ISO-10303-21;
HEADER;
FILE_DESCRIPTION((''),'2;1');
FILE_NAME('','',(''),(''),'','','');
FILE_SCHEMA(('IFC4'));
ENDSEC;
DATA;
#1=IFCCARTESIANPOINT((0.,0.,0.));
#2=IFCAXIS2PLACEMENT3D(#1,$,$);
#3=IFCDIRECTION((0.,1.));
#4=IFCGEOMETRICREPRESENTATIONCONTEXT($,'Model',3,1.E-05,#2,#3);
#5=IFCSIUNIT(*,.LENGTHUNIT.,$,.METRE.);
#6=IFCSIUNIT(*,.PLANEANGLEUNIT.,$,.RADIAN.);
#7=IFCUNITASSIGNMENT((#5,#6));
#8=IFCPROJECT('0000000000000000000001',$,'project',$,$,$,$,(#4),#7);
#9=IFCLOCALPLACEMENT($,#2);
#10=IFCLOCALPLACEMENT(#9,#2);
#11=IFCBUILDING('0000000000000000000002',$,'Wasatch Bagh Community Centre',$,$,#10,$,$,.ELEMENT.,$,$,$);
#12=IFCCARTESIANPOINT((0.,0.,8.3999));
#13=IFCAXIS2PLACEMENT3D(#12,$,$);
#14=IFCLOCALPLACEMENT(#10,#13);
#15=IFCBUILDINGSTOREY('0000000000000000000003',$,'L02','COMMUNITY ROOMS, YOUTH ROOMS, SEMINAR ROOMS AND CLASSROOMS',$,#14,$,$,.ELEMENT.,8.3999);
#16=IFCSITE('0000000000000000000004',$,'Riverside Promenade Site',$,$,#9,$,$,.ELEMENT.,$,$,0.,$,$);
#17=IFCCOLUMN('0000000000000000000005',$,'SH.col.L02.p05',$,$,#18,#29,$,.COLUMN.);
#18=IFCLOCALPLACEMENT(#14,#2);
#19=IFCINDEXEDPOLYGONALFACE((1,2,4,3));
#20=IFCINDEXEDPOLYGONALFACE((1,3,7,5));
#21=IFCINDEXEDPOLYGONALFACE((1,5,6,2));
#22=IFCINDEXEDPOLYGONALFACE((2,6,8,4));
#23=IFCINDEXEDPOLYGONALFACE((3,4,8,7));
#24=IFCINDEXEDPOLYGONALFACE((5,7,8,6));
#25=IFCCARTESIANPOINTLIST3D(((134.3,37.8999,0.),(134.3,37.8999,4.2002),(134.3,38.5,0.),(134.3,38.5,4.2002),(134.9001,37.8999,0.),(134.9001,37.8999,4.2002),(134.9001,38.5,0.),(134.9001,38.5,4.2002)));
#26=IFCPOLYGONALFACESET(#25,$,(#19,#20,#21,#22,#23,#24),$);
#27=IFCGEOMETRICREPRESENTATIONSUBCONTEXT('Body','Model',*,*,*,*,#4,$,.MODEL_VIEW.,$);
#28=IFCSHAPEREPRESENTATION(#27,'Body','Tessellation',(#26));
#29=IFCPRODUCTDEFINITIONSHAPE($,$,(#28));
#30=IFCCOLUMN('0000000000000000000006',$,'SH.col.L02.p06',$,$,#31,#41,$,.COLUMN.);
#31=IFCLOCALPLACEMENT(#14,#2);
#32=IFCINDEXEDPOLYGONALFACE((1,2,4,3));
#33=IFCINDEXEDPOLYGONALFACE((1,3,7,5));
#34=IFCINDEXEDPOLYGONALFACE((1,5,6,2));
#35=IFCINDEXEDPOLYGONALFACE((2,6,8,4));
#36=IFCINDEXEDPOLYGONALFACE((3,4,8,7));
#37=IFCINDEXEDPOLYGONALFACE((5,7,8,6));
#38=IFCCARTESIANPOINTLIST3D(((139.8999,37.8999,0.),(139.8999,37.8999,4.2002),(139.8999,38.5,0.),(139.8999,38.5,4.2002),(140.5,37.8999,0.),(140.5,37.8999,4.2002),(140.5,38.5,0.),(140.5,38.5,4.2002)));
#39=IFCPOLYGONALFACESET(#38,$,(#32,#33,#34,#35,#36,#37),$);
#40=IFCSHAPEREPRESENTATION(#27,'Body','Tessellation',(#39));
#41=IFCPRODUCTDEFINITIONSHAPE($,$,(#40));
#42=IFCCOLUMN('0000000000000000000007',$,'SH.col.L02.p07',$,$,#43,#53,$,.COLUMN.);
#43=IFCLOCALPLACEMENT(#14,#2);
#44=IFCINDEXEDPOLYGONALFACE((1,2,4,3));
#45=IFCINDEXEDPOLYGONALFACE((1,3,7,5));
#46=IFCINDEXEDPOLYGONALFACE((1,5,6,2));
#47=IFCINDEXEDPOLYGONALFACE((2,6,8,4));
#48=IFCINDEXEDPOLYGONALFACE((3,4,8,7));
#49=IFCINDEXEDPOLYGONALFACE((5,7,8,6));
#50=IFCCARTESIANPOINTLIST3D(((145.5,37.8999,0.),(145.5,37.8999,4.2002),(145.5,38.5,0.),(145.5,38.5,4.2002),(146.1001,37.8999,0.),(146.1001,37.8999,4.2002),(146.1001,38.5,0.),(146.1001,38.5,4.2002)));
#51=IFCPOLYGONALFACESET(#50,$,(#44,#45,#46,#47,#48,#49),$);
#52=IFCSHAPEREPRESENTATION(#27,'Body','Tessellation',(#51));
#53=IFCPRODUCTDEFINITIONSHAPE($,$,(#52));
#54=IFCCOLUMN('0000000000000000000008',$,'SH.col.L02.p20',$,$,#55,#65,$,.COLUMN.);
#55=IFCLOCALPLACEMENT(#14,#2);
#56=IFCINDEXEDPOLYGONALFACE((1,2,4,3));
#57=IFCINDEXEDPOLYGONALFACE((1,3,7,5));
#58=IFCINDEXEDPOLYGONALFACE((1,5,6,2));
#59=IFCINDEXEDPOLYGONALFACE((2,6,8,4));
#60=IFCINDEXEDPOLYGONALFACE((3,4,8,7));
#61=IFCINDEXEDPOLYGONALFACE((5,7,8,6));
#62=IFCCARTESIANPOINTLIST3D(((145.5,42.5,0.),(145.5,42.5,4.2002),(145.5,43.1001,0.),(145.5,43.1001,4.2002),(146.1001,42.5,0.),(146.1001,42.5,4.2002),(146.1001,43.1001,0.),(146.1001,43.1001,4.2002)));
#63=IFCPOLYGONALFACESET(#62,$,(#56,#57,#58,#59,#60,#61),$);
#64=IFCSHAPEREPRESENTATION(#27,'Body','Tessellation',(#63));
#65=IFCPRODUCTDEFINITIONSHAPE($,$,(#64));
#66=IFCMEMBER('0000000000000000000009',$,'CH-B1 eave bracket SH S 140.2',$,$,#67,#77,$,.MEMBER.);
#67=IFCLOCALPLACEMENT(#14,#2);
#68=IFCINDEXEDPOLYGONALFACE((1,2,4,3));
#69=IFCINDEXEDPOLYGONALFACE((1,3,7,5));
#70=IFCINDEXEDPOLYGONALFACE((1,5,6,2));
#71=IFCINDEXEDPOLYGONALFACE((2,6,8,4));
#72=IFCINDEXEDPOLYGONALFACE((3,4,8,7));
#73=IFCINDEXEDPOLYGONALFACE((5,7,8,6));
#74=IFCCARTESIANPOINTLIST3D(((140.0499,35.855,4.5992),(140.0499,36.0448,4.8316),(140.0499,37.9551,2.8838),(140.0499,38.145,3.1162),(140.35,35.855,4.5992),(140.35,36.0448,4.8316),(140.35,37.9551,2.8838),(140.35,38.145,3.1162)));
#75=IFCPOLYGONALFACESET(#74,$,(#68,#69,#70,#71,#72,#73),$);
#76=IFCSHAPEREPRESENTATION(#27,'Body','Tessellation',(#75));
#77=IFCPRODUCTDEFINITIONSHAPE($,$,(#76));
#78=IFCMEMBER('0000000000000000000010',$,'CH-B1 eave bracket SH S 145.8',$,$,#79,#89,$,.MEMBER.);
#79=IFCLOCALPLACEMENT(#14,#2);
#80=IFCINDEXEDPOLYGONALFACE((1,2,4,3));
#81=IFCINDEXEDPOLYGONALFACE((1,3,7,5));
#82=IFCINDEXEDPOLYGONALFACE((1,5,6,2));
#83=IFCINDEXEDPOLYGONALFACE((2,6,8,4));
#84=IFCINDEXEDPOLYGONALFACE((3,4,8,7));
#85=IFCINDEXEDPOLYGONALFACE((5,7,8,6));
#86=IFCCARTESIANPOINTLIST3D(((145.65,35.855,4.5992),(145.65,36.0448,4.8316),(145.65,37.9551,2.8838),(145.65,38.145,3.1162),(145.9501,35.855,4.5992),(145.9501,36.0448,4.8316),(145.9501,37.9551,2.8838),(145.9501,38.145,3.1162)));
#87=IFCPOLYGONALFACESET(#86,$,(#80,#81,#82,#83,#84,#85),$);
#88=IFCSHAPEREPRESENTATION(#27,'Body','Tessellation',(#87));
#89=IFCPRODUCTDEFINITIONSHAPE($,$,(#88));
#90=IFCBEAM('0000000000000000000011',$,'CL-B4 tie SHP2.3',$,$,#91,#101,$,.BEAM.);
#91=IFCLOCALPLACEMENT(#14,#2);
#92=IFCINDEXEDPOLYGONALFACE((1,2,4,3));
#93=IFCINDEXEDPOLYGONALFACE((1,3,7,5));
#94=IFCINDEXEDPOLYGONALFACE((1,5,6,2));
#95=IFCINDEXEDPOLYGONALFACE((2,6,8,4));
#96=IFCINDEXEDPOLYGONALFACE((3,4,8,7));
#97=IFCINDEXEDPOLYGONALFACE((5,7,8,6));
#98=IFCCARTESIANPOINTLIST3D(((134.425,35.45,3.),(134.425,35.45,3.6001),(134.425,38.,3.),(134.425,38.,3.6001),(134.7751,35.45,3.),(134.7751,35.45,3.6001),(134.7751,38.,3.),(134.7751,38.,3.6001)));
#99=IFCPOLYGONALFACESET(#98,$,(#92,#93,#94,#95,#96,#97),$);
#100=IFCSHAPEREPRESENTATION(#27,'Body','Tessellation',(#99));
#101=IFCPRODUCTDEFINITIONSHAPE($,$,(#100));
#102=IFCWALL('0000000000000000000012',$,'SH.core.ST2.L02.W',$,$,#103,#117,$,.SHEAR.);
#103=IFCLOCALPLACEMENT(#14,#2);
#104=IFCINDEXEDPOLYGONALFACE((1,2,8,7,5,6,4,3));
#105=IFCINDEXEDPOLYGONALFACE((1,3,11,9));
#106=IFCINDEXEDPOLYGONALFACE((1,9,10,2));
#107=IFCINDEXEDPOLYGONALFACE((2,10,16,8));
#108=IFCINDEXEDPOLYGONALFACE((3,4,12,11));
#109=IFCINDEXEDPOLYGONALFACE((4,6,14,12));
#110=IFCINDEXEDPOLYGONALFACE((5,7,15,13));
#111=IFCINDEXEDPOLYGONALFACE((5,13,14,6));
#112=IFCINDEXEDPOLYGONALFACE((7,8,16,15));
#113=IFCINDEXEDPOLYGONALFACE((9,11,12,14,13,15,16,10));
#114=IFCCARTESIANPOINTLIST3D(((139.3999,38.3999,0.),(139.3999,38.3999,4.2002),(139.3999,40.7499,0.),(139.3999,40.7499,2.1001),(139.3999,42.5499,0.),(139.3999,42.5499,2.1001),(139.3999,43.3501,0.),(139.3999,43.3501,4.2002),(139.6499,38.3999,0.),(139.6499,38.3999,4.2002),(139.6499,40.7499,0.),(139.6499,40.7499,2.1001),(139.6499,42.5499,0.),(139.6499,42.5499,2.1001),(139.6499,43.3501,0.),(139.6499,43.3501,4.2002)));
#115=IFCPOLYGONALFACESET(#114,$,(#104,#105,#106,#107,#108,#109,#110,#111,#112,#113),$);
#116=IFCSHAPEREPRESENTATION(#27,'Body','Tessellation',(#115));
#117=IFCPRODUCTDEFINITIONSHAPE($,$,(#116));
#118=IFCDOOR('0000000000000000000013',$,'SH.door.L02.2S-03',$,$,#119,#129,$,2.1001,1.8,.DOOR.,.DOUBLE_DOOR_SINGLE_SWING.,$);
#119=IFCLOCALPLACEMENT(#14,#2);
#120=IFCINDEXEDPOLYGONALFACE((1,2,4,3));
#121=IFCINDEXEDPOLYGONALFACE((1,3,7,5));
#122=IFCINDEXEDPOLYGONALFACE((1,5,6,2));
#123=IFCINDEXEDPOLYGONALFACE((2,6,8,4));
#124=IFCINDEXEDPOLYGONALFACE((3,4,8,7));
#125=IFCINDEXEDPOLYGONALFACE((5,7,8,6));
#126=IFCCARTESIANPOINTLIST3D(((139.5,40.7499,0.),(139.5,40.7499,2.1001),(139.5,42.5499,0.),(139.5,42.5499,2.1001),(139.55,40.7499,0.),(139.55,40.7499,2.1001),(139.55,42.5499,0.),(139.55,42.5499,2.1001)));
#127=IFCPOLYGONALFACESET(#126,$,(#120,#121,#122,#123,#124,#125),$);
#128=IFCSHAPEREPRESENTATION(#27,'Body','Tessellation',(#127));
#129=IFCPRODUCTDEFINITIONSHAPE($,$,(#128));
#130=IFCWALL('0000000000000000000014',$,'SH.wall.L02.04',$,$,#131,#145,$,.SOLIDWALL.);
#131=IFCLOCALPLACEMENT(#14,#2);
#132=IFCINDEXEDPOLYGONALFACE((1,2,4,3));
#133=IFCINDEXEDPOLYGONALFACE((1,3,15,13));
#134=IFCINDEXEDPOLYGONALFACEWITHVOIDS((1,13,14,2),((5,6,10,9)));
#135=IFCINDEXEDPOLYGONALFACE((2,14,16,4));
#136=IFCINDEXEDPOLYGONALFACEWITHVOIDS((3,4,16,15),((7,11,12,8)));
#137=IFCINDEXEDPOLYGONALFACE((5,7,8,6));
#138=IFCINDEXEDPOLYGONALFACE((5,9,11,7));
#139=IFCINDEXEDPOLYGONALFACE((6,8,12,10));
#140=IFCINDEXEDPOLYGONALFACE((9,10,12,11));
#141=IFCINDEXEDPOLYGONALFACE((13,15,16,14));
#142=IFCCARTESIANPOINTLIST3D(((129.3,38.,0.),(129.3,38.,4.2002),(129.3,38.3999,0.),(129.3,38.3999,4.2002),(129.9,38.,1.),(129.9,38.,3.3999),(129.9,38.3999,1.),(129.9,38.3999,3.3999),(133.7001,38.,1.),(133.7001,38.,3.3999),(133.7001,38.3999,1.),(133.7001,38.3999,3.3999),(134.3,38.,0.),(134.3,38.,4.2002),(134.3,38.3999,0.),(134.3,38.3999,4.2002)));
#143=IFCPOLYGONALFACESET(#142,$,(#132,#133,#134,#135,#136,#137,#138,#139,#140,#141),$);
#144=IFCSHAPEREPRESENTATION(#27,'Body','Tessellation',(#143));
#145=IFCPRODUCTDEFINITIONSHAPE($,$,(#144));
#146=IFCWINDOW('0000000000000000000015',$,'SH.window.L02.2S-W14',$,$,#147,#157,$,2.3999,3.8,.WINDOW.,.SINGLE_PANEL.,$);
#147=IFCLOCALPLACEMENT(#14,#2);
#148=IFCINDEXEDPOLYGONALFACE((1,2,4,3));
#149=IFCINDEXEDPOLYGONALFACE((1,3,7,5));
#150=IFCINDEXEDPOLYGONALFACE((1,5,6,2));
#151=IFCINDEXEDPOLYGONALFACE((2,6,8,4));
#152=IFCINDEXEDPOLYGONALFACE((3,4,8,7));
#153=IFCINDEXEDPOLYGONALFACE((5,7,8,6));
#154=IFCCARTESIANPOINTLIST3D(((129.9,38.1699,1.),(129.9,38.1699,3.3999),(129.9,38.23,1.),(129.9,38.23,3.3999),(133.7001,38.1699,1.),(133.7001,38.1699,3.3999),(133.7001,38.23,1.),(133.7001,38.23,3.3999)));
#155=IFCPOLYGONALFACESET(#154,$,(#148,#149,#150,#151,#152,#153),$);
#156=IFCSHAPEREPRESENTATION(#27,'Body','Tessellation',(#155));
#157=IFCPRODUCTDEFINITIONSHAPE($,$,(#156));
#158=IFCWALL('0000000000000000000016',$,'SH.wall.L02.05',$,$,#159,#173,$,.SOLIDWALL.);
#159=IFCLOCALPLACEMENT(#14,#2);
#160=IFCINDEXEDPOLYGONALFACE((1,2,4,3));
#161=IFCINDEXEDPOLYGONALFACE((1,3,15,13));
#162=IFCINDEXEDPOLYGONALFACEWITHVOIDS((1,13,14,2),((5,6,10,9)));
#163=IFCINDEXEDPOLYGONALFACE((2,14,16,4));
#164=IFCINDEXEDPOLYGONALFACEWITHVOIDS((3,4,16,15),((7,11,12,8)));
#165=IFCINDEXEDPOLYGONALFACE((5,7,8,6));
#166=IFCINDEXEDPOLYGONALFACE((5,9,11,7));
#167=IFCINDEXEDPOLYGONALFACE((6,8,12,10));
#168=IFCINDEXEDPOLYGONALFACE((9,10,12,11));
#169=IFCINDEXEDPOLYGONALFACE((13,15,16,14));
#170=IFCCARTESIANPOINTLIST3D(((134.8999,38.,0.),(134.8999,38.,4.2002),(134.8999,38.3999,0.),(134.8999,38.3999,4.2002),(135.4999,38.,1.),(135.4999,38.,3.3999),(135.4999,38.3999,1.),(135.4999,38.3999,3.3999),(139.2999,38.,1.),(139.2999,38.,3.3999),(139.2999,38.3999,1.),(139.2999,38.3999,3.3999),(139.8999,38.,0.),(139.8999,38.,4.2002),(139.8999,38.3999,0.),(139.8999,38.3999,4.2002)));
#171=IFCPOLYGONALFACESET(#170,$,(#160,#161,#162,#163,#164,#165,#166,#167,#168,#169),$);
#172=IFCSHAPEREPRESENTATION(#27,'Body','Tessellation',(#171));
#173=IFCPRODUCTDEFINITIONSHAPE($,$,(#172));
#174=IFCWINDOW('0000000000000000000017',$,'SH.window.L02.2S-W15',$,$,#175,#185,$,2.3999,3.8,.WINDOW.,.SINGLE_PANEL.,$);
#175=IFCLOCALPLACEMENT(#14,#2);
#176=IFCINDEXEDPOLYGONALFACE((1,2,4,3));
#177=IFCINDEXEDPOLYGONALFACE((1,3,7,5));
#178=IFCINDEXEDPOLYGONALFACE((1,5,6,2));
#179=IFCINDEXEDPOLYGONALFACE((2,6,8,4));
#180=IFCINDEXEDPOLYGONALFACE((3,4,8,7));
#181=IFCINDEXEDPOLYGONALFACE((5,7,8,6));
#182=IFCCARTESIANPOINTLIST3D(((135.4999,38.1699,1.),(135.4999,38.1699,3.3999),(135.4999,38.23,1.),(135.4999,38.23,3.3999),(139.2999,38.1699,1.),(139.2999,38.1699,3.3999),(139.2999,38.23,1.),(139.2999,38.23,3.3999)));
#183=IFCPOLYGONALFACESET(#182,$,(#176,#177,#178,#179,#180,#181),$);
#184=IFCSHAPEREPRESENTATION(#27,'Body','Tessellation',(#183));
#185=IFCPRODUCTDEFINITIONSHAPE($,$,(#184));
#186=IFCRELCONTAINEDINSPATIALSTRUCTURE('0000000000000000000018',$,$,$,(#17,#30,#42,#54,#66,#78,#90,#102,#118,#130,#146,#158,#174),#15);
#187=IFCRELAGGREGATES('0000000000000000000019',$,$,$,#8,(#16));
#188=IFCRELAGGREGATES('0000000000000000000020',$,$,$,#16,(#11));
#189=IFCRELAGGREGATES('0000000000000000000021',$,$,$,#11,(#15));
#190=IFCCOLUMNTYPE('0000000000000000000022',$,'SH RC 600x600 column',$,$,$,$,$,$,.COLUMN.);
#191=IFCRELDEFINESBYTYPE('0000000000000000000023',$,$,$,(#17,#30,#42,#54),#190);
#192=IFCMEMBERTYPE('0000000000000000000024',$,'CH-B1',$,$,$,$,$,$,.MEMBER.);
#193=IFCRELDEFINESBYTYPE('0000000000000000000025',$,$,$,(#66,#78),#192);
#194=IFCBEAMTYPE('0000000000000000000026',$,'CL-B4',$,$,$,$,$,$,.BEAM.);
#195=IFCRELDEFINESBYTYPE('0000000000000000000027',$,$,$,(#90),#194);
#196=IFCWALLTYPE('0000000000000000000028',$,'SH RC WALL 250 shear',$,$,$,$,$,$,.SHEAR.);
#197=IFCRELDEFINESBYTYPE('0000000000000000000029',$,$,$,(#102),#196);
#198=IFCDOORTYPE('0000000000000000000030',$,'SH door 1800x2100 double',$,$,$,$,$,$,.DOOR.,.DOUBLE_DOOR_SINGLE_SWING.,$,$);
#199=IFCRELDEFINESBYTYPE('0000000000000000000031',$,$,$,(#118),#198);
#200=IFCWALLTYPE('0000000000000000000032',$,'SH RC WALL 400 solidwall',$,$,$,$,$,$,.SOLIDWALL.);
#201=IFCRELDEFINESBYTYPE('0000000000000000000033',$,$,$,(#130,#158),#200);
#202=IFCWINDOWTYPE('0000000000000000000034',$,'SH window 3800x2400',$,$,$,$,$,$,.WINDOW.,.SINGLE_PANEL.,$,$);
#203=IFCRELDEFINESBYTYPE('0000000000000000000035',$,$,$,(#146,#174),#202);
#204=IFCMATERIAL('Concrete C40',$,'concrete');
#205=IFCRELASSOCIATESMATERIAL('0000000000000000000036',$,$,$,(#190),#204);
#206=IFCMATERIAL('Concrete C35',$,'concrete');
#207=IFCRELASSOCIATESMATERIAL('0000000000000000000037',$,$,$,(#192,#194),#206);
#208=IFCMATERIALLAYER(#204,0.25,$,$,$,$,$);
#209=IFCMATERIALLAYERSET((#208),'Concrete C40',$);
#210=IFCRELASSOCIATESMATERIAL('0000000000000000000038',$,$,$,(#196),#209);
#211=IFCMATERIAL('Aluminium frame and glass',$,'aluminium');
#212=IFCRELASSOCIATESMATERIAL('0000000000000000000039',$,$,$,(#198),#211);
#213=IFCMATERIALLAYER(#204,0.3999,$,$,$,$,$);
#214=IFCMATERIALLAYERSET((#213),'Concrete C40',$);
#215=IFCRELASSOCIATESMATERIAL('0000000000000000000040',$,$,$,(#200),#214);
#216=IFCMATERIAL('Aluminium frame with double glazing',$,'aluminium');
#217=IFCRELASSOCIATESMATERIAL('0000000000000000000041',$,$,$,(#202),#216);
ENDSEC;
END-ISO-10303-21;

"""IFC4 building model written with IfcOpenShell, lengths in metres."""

from ifc_helpers import new_model, si_unit, direction, frame, frame_2d, origin, origin_2d, place, context, subcontext, project, spatial, rectangle, extrude, material, layer, layer_set, material_profile, profile_set, type_object, element, fill, save


model = new_model("IFC4")

# Units and contexts
model_context = context("Model", 3, precision=1e-05, world=origin(), true_north=direction((0.0, 1.0)))
body_context = subcontext(model_context, "Body", "Model", "MODEL_VIEW")
ifc_project = project(units=[si_unit("LENGTHUNIT", "METRE"), si_unit("PLANEANGLEUNIT", "RADIAN")], contexts=[model_context])

# Site, building, storey
site_placement = place(None, origin())
site = spatial("IfcSite", under=ifc_project, at=site_placement, Name="Riverside Promenade Site", CompositionType="ELEMENT", RefElevation=0.0)
building_placement = place(site_placement, origin())
building = spatial("IfcBuilding", under=site, at=building_placement, Name="Wasatch Bagh Community Centre", CompositionType="ELEMENT")
storey_placement = place(building_placement, frame((0.0, 0.0, 8.3999)))
storey = spatial("IfcBuildingStorey", under=building, at=storey_placement, Name="L02", Description="COMMUNITY ROOMS, YOUTH ROOMS, SEMINAR ROOMS AND CLASSROOMS", CompositionType="ELEMENT", Elevation=8.3999)

# Columns
ifc_material_1 = material(Name="Concrete C40", Category="concrete")
ifc_material_profile_1 = material_profile(ifc_material_1, rectangle(XDim=0.6001, YDim=0.6001, at=origin_2d()), Name="RC 600x600")
ifc_profile_set_1 = profile_set([ifc_material_profile_1], Name="Concrete C40")
column_type = type_object("IfcColumnType", Name="SH RC 600x600 column", PredefinedType="COLUMN", material=ifc_profile_set_1)
for number, where, z_axis, x_axis, name in (
    (1, (134.6001, 38.2, 0.0), (0.0, 0.0, 1.0), (1.0, 0.0, 0.0), "SH.col.L02.p05"),
    (2, (140.2, 38.2, 0.0), (0.0, 0.0, 1.0), (1.0, 0.0, 0.0), "SH.col.L02.p06"),
    (3, (145.8, 38.2, 0.0), (0.0, 0.0, 1.0), (1.0, 0.0, 0.0), "SH.col.L02.p07"),
    (4, (145.8, 42.8, 0.0), (0.0, 0.0, 1.0), (1.0, 0.0, 0.0), "SH.col.L02.p20"),
):
    element("IfcColumn", number, at=place(storey_placement, frame(where, z_axis=z_axis, x_axis=x_axis)), inside=storey, type_object=column_type, Name=name, PredefinedType="COLUMN", context=body_context, shape_type="SweptSolid", body=[
        extrude(rectangle(XDim=0.6001, YDim=0.6001, at=origin_2d()), origin(), (0.0, 0.0, 1.0), 4.2002),
    ])

# Members
ifc_material_2 = material(Name="Concrete C35", Category="concrete")
ifc_material_profile_2 = material_profile(ifc_material_2, rectangle(XDim=0.3, YDim=0.3, at=origin_2d()), Name="RC 300x300")
ifc_profile_set_2 = profile_set([ifc_material_profile_2], Name="Concrete C35")
member_type = type_object("IfcMemberType", Name="CH-B1", PredefinedType="MEMBER", material=ifc_profile_set_2)
for number, where, z_axis, x_axis, name in (
    (5, (140.2, 38.05, 3.0), (0.0, -0.774487, 0.63259), (1.0, 0.0, 0.0), "CH-B1 eave bracket SH S 140.2"),
    (6, (145.8, 38.05, 3.0), (0.0, -0.774487, 0.63259), (1.0, 0.0, 0.0), "CH-B1 eave bracket SH S 145.8"),
):
    element("IfcMember", number, at=place(storey_placement, frame(where, z_axis=z_axis, x_axis=x_axis)), inside=storey, type_object=member_type, Name=name, PredefinedType="MEMBER", context=body_context, shape_type="SweptSolid", body=[
        extrude(rectangle(XDim=0.3, YDim=0.3, at=origin_2d()), origin(), (0.0, 0.0, 1.0), 2.7117),
    ])

# Beam
ifc_material_profile_3 = material_profile(ifc_material_2, rectangle(XDim=0.3501, YDim=0.6001, at=origin_2d()), Name="RC 350x600")
ifc_profile_set_3 = profile_set([ifc_material_profile_3], Name="Concrete C35")
beam_type = type_object("IfcBeamType", Name="CL-B4", PredefinedType="BEAM", material=ifc_profile_set_3)
beam_placement = place(storey_placement, frame((134.6001, 38.0, 3.3), z_axis=(0.0, -1.0, 0.0), x_axis=(1.0, 0.0, 0.0)))
element("IfcBeam", 7, at=beam_placement, inside=storey, type_object=beam_type, Name="CL-B4 tie SHP2.3", PredefinedType="BEAM", context=body_context, shape_type="SweptSolid", body=[
    extrude(rectangle(XDim=0.3501, YDim=0.6001, at=origin_2d()), origin(), (0.0, 0.0, 1.0), 2.55),
])

# Wall, opening, door
ifc_layer_1 = layer(ifc_material_1, 0.25)
ifc_layer_set_1 = layer_set([ifc_layer_1], Name="Concrete C40")
wall_type_1 = type_object("IfcWallType", Name="SH RC WALL 250 shear", PredefinedType="SHEAR", material=ifc_layer_set_1)
wall_1_placement = place(storey_placement, frame((139.5249, 38.3999, 0.0), z_axis=(0.0, 0.0, 1.0), x_axis=(0.0, 1.0, 0.0)))
wall_1 = element("IfcWall", 8, at=wall_1_placement, inside=storey, type_object=wall_type_1, Name="SH.core.ST2.L02.W", PredefinedType="SHEAR", context=body_context, shape_type="SweptSolid", body=[
    extrude(rectangle(XDim=4.9502, YDim=0.25, at=frame_2d((2.4751, 0.0))), origin(), (0.0, 0.0, 1.0), 4.2002),
])
opening_1_placement = place(wall_1_placement, frame((2.3501, 0.0, 0.0)))
opening_1 = element("IfcOpeningElement", 9, at=opening_1_placement, cuts=wall_1, PredefinedType="OPENING", context=body_context, shape_type="SweptSolid", body=[
    extrude(rectangle(XDim=1.8, YDim=2.1001, at=frame_2d((0.8999, 1.05))), frame((0.0, 0.135, 0.0), z_axis=(0.0, -1.0, 0.0), x_axis=(1.0, 0.0, 0.0)), (0.0, 0.0, 1.0), 0.27),
])
ifc_material_3 = material(Name="Aluminium frame and glass", Category="aluminium")
door_type = type_object("IfcDoorType", Name="SH door 1800x2100 double", OperationType="DOUBLE_DOOR_SINGLE_SWING", PredefinedType="DOOR", material=ifc_material_3)
door_placement = place(opening_1_placement, origin())
door = element("IfcDoor", 10, at=door_placement, inside=storey, type_object=door_type, Name="SH.door.L02.2S-03", OperationType="DOUBLE_DOOR_SINGLE_SWING", OverallHeight=2.1001, OverallWidth=1.8, PredefinedType="DOOR", context=body_context, shape_type="SweptSolid", body=[
    extrude(rectangle(XDim=1.8, YDim=2.1001, at=frame_2d((0.8999, 1.05))), frame((0.0, 0.0249, 0.0), z_axis=(0.0, -1.0, 0.0), x_axis=(1.0, 0.0, 0.0)), (0.0, 0.0, 1.0), 0.05),
])
fill(opening_1, door)

# Walls, openings, windows
ifc_layer_2 = layer(ifc_material_1, 0.3999)
ifc_layer_set_2 = layer_set([ifc_layer_2], Name="Concrete C40")
wall_type_2 = type_object("IfcWallType", Name="SH RC WALL 400 solidwall", PredefinedType="SOLIDWALL", material=ifc_layer_set_2)
wall_2_placement = place(storey_placement, frame((134.3, 38.2, 0.0), z_axis=(0.0, 0.0, 1.0), x_axis=(-1.0, 0.0, 0.0)))
wall_2 = element("IfcWall", 11, at=wall_2_placement, inside=storey, type_object=wall_type_2, Name="SH.wall.L02.04", PredefinedType="SOLIDWALL", context=body_context, shape_type="SweptSolid", body=[
    extrude(rectangle(XDim=5.0, YDim=0.3999, at=frame_2d((2.5, 0.0))), origin(), (0.0, 0.0, 1.0), 4.2002),
])
opening_2_placement = place(wall_2_placement, frame((0.6001, 0.0, 1.0)))
opening_2 = element("IfcOpeningElement", 12, at=opening_2_placement, cuts=wall_2, PredefinedType="OPENING", context=body_context, shape_type="SweptSolid", body=[
    extrude(rectangle(XDim=3.8, YDim=2.3999, at=frame_2d((1.8999, 1.2))), frame((0.0, 0.21, 0.0), z_axis=(0.0, -1.0, 0.0), x_axis=(1.0, 0.0, 0.0)), (0.0, 0.0, 1.0), 0.4199),
])
ifc_material_4 = material(Name="Aluminium frame with double glazing", Category="aluminium")
window_type_1 = type_object("IfcWindowType", Name="SH window 3800x2400", PartitioningType="SINGLE_PANEL", PredefinedType="WINDOW", material=ifc_material_4)
window_1_placement = place(opening_2_placement, origin())
window_1 = element("IfcWindow", 13, at=window_1_placement, inside=storey, type_object=window_type_1, Name="SH.window.L02.2S-W14", OverallHeight=2.3999, OverallWidth=3.8, PartitioningType="SINGLE_PANEL", PredefinedType="WINDOW", context=body_context, shape_type="SweptSolid", body=[
    extrude(rectangle(XDim=3.8, YDim=2.3999, at=frame_2d((1.8999, 1.2))), frame((0.0, 0.03, 0.0), z_axis=(0.0, -1.0, 0.0), x_axis=(1.0, 0.0, 0.0)), (0.0, 0.0, 1.0), 0.0601),
])
fill(opening_2, window_1)
wall_3_placement = place(storey_placement, frame((139.8999, 38.2, 0.0), z_axis=(0.0, 0.0, 1.0), x_axis=(-1.0, 0.0, 0.0)))
wall_3 = element("IfcWall", 14, at=wall_3_placement, inside=storey, type_object=wall_type_2, Name="SH.wall.L02.05", PredefinedType="SOLIDWALL", context=body_context, shape_type="SweptSolid", body=[
    extrude(rectangle(XDim=5.0, YDim=0.3999, at=frame_2d((2.5, 0.0))), origin(), (0.0, 0.0, 1.0), 4.2002),
])
opening_3_placement = place(wall_3_placement, frame((0.6001, 0.0, 1.0)))
opening_3 = element("IfcOpeningElement", 15, at=opening_3_placement, cuts=wall_3, PredefinedType="OPENING", context=body_context, shape_type="SweptSolid", body=[
    extrude(rectangle(XDim=3.8, YDim=2.3999, at=frame_2d((1.8999, 1.2))), frame((0.0, 0.21, 0.0), z_axis=(0.0, -1.0, 0.0), x_axis=(1.0, 0.0, 0.0)), (0.0, 0.0, 1.0), 0.4199),
])
window_2_placement = place(opening_3_placement, origin())
window_2 = element("IfcWindow", 16, at=window_2_placement, inside=storey, type_object=window_type_1, Name="SH.window.L02.2S-W15", OverallHeight=2.3999, OverallWidth=3.8, PartitioningType="SINGLE_PANEL", PredefinedType="WINDOW", context=body_context, shape_type="SweptSolid", body=[
    extrude(rectangle(XDim=3.8, YDim=2.3999, at=frame_2d((1.8999, 1.2))), frame((0.0, 0.03, 0.0), z_axis=(0.0, -1.0, 0.0), x_axis=(1.0, 0.0, 0.0)), (0.0, 0.0, 1.0), 0.0601),
])
fill(opening_3, window_2)

save(model, "model.ifc")
